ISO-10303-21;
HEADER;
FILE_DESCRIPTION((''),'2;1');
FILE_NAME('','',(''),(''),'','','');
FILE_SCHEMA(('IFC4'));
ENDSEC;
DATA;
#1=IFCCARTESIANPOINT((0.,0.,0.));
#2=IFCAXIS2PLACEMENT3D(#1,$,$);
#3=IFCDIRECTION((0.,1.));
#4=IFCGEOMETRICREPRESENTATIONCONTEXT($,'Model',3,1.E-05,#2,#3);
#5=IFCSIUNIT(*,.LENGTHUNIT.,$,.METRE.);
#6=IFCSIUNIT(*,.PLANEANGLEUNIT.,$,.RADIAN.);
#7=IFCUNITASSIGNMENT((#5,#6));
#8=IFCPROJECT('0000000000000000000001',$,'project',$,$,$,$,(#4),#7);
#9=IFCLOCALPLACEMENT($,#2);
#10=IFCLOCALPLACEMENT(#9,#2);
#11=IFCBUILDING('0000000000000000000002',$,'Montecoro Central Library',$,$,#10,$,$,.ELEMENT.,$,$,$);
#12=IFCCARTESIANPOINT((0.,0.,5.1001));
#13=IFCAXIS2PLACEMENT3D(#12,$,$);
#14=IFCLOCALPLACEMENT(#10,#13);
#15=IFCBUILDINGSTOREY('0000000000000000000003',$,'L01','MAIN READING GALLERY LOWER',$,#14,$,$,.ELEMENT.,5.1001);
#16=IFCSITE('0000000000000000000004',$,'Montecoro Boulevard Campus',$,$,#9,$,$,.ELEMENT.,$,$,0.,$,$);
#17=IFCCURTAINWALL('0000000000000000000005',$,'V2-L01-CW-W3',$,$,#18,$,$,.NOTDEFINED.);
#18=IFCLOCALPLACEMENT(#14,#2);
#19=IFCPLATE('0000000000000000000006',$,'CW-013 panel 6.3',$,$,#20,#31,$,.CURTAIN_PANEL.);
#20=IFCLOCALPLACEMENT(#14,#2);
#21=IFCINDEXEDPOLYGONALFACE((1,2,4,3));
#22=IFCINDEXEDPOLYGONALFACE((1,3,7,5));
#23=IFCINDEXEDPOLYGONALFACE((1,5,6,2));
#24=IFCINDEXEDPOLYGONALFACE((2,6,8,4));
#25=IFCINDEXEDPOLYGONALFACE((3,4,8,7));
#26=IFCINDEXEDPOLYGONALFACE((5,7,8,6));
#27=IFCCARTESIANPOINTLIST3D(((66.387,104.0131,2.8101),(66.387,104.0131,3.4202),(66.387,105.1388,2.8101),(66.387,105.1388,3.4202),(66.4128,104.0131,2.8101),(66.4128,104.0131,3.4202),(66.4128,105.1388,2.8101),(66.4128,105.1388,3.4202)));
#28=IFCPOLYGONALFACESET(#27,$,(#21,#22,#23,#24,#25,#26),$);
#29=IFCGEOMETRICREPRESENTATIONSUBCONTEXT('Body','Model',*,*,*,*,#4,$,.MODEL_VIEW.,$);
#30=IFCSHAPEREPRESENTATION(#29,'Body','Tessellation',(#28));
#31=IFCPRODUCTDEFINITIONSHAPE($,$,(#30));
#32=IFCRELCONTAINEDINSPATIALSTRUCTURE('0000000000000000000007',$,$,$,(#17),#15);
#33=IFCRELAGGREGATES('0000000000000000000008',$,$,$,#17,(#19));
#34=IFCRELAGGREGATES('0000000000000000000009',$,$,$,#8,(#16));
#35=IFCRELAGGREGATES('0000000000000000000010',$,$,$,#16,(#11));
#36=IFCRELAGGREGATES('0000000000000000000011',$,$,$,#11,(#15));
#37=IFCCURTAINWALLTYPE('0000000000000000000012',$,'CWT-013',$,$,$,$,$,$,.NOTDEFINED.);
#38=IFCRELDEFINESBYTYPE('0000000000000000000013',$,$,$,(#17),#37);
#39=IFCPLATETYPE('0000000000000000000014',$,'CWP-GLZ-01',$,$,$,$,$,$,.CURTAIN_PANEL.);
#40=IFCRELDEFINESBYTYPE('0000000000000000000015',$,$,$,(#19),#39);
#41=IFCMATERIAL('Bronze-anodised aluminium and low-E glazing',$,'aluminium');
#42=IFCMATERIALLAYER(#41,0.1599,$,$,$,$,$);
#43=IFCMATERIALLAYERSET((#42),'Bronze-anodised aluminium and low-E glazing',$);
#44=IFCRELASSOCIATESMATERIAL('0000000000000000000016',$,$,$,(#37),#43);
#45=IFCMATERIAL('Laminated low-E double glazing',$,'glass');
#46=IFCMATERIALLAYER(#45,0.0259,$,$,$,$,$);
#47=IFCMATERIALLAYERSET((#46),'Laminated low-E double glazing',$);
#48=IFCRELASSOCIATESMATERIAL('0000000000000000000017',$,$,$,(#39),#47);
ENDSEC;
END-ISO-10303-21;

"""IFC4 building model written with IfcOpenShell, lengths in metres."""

from ifc_helpers import new_model, si_unit, direction, frame, origin, origin_2d, place, context, subcontext, project, spatial, rectangle, extrude, material, layer, layer_set, type_object, element, aggregate, save


model = new_model("IFC4")

# Units and contexts
model_context = context("Model", 3, precision=1e-05, world=origin(), true_north=direction((0.0, 1.0)))
body_context = subcontext(model_context, "Body", "Model", "MODEL_VIEW")
ifc_project = project(units=[si_unit("LENGTHUNIT", "METRE"), si_unit("PLANEANGLEUNIT", "RADIAN")], contexts=[model_context])

# Site, building, storey
site_placement = place(None, origin())
site = spatial("IfcSite", under=ifc_project, at=site_placement, Name="Montecoro Boulevard Campus", CompositionType="ELEMENT", RefElevation=0.0)
building_placement = place(site_placement, origin())
building = spatial("IfcBuilding", under=site, at=building_placement, Name="Montecoro Central Library", CompositionType="ELEMENT")
storey_placement = place(building_placement, frame((0.0, 0.0, 5.1001)))
storey = spatial("IfcBuildingStorey", under=building, at=storey_placement, Name="L01", Description="MAIN READING GALLERY LOWER", CompositionType="ELEMENT", Elevation=5.1001)

# Curtain wall, plate
ifc_material_1 = material(Name="Bronze-anodised aluminium and low-E glazing", Category="aluminium")
ifc_layer_1 = layer(ifc_material_1, 0.1599)
ifc_layer_set_1 = layer_set([ifc_layer_1], Name="Bronze-anodised aluminium and low-E glazing")
curtain_wall_type = type_object("IfcCurtainWallType", Name="CWT-013", PredefinedType="NOTDEFINED", material=ifc_layer_set_1)
curtain_wall_placement = place(storey_placement, origin())
curtain_wall = element("IfcCurtainWall", 1, at=curtain_wall_placement, inside=storey, type_object=curtain_wall_type, Name="V2-L01-CW-W3", PredefinedType="NOTDEFINED")
ifc_material_2 = material(Name="Laminated low-E double glazing", Category="glass")
ifc_layer_2 = layer(ifc_material_2, 0.0259)
ifc_layer_set_2 = layer_set([ifc_layer_2], Name="Laminated low-E double glazing")
plate_type = type_object("IfcPlateType", Name="CWP-GLZ-01", PredefinedType="CURTAIN_PANEL", material=ifc_layer_set_2)
plate_1_placement = place(storey_placement, frame((66.3999, 104.5759, 2.8101), z_axis=(0.0, 0.0, 1.0), x_axis=(0.0, -1.0, 0.0)))
plate_1 = element("IfcPlate", 2, at=plate_1_placement, type_object=plate_type, Name="CW-013 panel 6.3", PredefinedType="CURTAIN_PANEL", context=body_context, shape_type="SweptSolid", body=[
    extrude(rectangle(XDim=1.1257, YDim=0.0259, at=origin_2d()), origin(), (0.0, 0.0, 1.0), 0.6101),
])
aggregate(curtain_wall, [plate_1])

save(model, "model.ifc")
